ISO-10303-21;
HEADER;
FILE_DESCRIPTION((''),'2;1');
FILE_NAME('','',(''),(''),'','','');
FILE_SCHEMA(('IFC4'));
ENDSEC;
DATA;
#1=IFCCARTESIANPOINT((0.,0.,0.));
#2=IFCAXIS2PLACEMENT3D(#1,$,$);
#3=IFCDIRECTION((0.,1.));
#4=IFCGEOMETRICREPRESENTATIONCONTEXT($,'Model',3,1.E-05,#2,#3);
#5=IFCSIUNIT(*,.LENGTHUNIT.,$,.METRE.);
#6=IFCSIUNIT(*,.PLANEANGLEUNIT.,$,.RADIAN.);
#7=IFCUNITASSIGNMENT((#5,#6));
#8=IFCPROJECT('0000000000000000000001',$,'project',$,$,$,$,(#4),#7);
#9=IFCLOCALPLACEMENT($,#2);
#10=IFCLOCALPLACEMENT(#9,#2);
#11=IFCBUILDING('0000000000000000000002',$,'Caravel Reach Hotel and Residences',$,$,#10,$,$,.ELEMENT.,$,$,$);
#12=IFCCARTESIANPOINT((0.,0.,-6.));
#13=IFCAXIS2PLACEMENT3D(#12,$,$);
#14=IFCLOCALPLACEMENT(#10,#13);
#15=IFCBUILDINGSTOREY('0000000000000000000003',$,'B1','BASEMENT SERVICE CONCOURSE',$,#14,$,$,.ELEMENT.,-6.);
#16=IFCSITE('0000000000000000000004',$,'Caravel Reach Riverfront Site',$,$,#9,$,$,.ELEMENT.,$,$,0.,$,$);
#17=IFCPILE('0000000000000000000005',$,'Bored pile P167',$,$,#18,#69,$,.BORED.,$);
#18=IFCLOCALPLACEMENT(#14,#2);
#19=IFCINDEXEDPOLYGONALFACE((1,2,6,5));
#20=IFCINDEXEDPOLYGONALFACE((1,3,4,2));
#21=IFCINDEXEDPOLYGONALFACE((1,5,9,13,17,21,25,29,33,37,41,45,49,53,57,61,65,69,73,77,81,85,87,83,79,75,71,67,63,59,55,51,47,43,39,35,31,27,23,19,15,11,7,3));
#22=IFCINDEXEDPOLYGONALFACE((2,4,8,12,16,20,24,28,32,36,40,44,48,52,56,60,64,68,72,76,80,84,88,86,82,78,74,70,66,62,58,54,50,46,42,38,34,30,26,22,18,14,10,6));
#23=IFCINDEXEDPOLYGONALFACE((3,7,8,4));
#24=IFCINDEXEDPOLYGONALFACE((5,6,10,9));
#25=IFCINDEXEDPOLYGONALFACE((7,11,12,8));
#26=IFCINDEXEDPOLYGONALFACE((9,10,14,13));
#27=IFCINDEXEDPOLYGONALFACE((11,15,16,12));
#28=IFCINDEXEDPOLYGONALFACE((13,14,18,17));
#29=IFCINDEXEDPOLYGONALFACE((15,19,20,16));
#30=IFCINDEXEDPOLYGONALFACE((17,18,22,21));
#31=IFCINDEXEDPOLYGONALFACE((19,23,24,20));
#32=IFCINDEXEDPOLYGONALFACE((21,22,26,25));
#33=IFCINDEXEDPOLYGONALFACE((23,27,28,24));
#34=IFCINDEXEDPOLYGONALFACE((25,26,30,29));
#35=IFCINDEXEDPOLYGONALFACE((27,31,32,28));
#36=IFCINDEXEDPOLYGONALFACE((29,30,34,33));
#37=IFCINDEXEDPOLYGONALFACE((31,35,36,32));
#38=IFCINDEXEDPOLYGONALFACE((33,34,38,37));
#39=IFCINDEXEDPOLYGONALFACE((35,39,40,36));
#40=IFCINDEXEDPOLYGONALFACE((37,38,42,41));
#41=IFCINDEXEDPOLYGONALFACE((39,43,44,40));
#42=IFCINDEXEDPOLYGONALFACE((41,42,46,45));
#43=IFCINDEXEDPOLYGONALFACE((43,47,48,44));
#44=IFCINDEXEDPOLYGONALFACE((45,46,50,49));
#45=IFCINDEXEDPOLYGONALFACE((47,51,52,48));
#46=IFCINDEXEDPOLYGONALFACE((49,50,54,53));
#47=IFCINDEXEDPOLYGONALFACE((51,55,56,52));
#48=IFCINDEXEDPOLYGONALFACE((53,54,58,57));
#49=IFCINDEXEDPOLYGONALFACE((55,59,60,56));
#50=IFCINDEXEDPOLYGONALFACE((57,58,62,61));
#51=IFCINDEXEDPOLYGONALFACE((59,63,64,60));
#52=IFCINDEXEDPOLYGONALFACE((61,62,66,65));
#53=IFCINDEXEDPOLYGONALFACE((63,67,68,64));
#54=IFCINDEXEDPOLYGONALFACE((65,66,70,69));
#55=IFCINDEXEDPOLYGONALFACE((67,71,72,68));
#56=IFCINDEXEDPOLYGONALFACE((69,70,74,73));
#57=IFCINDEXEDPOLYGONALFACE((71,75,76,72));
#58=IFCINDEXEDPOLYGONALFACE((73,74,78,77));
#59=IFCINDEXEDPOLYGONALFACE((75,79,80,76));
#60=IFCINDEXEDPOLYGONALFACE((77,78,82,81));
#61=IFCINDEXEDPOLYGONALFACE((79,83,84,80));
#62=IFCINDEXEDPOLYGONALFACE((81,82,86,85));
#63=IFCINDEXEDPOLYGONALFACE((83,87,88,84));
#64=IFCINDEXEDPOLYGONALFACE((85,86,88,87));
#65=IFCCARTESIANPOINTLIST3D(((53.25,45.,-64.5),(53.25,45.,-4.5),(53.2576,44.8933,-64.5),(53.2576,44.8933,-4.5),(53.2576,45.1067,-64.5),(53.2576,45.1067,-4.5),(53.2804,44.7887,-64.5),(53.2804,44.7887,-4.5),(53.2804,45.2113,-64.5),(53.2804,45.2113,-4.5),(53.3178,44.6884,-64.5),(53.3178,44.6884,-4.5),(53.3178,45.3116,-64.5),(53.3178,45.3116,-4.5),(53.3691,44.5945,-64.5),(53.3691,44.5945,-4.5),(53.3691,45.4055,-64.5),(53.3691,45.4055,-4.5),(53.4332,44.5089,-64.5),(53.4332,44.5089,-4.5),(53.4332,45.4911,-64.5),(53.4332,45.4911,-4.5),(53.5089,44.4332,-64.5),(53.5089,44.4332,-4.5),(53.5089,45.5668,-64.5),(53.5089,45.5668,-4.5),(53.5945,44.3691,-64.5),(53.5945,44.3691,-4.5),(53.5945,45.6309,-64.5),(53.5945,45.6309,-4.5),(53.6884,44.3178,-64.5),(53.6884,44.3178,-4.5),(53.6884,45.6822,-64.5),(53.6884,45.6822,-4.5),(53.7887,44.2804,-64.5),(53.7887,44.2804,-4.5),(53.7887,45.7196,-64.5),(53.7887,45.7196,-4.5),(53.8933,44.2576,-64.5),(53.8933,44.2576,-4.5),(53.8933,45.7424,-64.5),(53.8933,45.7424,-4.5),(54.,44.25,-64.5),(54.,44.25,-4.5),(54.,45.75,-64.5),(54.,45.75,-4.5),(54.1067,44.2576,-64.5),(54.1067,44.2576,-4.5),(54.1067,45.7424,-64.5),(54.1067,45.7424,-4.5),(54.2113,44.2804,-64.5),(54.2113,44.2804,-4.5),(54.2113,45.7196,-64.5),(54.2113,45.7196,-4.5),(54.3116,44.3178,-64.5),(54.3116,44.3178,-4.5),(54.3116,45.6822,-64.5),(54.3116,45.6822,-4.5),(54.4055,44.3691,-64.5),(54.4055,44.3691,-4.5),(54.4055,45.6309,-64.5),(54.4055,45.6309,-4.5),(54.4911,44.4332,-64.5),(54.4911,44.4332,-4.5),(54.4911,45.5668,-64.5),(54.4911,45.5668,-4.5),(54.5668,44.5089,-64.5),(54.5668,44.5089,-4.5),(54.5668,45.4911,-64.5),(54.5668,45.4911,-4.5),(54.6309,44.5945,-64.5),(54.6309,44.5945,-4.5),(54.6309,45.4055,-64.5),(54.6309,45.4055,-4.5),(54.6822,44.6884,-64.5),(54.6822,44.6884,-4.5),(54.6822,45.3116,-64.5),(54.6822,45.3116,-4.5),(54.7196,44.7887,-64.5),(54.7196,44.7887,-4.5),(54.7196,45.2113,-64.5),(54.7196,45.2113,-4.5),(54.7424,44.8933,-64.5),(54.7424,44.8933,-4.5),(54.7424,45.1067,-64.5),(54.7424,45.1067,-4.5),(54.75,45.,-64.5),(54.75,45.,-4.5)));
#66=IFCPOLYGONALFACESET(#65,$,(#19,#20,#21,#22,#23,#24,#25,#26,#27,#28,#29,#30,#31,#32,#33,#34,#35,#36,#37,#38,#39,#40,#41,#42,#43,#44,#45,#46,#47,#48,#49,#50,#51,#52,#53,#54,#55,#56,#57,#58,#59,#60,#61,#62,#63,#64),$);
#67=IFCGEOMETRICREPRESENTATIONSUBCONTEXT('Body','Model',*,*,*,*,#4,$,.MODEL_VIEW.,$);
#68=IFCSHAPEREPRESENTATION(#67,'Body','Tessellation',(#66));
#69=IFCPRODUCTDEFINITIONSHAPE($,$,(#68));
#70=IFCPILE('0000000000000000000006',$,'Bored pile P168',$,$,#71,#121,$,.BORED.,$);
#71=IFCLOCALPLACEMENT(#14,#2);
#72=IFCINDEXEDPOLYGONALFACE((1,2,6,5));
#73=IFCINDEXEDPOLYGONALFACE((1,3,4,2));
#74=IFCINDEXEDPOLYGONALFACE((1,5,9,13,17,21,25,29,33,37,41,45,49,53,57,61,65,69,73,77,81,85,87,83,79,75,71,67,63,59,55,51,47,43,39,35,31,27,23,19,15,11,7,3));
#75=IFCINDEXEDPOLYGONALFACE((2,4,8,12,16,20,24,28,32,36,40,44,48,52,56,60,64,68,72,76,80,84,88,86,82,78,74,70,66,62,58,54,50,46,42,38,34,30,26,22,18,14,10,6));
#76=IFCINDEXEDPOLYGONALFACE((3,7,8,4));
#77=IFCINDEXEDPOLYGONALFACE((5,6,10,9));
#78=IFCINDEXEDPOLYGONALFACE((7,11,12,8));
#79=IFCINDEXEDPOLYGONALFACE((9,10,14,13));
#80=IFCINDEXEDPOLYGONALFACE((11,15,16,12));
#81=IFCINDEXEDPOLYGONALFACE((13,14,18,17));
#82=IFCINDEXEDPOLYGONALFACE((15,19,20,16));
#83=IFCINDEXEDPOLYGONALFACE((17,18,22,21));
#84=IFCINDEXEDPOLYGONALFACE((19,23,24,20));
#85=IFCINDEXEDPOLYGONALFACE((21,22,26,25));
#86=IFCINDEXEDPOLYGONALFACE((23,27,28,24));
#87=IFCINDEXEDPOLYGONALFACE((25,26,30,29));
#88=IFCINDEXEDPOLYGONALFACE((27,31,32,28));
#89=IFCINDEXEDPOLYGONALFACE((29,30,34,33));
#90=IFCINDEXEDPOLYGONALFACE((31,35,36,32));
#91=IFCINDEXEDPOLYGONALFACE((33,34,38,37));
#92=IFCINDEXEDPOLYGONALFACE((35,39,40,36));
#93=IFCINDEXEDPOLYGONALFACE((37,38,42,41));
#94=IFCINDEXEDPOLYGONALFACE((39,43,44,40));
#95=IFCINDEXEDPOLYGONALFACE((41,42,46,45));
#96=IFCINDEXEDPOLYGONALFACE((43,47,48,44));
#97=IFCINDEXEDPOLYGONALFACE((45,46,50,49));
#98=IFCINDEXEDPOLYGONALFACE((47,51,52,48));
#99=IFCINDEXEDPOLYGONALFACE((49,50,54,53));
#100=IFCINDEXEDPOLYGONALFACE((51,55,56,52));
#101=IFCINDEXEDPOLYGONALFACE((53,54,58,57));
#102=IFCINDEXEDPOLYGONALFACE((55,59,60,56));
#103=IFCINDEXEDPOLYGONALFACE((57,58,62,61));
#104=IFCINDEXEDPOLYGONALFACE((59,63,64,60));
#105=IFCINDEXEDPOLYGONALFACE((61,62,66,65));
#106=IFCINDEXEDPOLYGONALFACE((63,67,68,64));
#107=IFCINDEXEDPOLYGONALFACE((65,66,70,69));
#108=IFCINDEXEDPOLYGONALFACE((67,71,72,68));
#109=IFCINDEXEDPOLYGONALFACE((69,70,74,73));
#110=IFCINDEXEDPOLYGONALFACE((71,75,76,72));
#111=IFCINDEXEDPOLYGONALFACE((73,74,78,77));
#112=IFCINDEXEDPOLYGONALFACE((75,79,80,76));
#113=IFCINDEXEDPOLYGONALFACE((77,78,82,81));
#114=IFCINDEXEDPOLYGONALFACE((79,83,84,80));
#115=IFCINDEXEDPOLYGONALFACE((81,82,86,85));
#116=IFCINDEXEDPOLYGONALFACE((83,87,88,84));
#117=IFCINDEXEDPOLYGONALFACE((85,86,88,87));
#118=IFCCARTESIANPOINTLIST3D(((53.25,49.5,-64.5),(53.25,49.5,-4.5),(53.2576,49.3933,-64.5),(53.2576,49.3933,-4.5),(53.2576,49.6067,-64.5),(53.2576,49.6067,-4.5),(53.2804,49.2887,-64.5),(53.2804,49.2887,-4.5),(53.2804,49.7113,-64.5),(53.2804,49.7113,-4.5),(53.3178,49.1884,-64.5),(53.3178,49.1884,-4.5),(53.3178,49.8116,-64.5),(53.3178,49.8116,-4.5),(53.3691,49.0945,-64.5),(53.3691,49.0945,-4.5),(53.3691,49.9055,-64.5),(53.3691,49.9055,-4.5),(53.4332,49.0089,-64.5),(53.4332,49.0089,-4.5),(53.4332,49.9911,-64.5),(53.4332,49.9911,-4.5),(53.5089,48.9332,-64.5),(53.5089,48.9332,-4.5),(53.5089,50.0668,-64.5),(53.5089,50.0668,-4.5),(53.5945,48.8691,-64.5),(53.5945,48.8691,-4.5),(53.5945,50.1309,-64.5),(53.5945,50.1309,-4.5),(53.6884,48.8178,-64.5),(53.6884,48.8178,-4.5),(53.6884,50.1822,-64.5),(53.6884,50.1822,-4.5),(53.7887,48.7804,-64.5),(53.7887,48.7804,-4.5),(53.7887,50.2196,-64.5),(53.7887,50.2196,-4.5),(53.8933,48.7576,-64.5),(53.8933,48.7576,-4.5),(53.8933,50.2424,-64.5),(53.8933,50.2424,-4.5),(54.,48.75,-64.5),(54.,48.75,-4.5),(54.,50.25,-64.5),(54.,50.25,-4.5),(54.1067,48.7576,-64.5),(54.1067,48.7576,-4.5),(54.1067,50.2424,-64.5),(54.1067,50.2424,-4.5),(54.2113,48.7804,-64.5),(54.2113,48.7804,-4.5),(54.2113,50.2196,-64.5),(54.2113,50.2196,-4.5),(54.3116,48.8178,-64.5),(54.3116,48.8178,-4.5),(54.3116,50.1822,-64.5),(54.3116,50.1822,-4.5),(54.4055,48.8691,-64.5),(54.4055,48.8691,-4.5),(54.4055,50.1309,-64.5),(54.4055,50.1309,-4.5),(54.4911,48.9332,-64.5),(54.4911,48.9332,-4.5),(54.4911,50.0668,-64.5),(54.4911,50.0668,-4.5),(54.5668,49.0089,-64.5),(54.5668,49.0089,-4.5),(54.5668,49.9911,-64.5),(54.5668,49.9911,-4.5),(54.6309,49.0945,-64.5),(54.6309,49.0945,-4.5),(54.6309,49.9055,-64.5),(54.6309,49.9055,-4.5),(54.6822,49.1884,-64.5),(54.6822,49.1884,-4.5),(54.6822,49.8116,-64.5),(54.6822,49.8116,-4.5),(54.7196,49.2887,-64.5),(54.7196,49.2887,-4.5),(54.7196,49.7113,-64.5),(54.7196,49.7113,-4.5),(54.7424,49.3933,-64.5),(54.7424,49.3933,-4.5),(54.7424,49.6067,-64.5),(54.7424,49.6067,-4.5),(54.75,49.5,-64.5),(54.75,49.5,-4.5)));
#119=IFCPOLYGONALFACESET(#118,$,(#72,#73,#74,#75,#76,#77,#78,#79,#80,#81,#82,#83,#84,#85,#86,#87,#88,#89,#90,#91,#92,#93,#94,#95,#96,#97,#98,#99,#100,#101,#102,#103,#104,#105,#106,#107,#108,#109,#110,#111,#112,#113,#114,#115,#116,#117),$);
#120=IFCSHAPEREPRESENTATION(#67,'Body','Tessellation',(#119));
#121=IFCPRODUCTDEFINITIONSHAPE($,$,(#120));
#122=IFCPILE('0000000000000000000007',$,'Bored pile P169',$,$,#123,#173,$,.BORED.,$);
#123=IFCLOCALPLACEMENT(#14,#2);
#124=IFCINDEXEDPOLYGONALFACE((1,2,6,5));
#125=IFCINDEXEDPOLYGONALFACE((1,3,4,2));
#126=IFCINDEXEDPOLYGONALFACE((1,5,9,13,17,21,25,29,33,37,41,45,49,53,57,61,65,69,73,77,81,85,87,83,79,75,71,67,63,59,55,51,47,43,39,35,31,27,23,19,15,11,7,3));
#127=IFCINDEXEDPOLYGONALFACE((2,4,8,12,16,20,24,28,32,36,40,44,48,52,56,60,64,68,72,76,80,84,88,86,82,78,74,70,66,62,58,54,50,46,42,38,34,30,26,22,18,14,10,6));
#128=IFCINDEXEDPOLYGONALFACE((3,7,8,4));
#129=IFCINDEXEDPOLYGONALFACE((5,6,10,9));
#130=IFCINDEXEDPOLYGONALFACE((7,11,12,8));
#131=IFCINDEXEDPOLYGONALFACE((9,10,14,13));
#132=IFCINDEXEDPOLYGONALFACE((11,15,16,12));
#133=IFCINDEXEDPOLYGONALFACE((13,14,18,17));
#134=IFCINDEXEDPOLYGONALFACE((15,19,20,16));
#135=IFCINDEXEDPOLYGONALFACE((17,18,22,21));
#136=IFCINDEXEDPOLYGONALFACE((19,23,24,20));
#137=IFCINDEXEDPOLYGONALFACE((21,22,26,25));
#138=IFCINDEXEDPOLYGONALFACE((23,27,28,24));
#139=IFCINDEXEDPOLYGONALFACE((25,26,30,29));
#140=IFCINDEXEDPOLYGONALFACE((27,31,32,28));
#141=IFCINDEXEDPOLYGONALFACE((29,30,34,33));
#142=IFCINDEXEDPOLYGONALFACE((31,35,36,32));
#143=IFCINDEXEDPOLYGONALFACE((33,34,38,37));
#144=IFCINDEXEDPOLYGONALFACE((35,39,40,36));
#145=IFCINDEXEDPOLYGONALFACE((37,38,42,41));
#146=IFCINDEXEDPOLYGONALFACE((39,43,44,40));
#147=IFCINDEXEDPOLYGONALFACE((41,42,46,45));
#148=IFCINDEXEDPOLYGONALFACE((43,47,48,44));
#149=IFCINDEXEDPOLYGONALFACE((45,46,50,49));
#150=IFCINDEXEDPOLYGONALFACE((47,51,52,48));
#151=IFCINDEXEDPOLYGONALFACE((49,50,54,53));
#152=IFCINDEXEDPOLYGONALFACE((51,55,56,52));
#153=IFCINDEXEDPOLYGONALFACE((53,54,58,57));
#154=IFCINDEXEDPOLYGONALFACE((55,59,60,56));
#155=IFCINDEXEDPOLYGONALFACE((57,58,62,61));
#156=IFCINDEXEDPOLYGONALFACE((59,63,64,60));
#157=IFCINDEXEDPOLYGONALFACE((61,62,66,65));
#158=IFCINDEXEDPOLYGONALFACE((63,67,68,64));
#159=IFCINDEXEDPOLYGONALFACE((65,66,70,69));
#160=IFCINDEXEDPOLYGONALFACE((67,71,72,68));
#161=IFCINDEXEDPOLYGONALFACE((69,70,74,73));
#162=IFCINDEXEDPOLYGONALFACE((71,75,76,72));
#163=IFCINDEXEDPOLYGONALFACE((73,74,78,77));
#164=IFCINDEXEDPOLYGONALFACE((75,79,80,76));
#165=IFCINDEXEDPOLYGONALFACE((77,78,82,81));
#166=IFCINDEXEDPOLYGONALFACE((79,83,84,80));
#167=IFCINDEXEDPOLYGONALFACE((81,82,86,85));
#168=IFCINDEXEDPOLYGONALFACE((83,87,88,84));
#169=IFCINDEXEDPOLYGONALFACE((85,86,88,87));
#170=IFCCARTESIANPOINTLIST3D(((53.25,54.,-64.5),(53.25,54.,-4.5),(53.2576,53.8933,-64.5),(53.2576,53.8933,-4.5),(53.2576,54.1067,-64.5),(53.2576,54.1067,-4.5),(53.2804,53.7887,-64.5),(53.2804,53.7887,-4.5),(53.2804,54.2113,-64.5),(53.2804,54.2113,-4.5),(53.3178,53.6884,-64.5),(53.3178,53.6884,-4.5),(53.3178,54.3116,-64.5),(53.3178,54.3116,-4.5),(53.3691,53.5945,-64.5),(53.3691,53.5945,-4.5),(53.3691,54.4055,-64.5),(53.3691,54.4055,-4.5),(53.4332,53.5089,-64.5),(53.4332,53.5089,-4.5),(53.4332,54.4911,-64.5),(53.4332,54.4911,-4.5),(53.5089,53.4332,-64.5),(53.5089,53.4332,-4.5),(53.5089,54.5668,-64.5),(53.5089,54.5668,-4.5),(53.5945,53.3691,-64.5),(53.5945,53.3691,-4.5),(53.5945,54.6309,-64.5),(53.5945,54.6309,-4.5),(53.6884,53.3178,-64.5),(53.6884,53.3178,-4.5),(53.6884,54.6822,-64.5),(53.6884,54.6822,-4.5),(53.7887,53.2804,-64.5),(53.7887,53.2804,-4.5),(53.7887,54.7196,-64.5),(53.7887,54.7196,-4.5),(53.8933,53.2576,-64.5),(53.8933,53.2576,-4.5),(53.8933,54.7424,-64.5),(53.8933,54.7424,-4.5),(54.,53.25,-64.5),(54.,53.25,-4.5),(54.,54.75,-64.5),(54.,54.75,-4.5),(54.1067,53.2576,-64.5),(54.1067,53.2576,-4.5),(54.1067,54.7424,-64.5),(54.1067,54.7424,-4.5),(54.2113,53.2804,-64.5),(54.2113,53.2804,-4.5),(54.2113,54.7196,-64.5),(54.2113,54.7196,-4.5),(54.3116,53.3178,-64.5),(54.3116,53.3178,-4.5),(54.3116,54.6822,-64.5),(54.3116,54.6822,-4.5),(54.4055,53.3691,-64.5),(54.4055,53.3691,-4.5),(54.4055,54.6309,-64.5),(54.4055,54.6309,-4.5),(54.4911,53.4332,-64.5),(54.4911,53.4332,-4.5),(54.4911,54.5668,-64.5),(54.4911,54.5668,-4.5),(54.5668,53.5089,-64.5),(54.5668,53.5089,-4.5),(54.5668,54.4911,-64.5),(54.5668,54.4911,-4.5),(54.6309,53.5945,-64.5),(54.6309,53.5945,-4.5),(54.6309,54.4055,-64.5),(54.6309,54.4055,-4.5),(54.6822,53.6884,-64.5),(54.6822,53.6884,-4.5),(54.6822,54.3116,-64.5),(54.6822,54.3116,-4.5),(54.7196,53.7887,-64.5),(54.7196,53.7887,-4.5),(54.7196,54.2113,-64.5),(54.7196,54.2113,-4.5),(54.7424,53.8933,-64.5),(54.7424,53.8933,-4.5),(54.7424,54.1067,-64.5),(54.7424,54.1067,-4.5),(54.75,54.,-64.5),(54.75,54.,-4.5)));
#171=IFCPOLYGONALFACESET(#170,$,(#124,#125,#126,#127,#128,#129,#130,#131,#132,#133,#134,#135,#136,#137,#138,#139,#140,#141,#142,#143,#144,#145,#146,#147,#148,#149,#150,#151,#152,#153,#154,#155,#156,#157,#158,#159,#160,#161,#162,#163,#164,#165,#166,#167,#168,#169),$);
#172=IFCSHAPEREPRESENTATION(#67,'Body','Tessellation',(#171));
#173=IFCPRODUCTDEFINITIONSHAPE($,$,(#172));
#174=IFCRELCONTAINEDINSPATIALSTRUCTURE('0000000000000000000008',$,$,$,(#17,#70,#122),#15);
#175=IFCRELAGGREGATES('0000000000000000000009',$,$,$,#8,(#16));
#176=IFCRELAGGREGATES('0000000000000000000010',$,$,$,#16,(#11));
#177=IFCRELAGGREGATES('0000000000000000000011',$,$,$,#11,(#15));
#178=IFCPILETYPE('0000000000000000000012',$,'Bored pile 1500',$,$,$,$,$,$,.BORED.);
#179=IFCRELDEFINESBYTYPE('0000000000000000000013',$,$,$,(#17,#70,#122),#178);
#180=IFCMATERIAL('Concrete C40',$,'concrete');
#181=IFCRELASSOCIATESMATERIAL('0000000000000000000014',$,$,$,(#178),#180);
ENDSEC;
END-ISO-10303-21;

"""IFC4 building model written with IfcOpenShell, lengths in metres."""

from ifc_helpers import new_model, si_unit, direction, frame, origin, origin_2d, place, context, subcontext, project, spatial, circle, extrude, material, material_profile, profile_set, type_object, element, save


model = new_model("IFC4")

# Units and contexts
model_context = context("Model", 3, precision=1e-05, world=origin(), true_north=direction((0.0, 1.0)))
body_context = subcontext(model_context, "Body", "Model", "MODEL_VIEW")
ifc_project = project(units=[si_unit("LENGTHUNIT", "METRE"), si_unit("PLANEANGLEUNIT", "RADIAN")], contexts=[model_context])

# Site, building, storey
site_placement = place(None, origin())
site = spatial("IfcSite", under=ifc_project, at=site_placement, Name="Caravel Reach Riverfront Site", CompositionType="ELEMENT", RefElevation=0.0)
building_placement = place(site_placement, origin())
building = spatial("IfcBuilding", under=site, at=building_placement, Name="Caravel Reach Hotel and Residences", CompositionType="ELEMENT")
storey_placement = place(building_placement, frame((0.0, 0.0, -6.0)))
storey = spatial("IfcBuildingStorey", under=building, at=storey_placement, Name="B1", Description="BASEMENT SERVICE CONCOURSE", CompositionType="ELEMENT", Elevation=-6.0)

# Piles
ifc_material_1 = material(Name="Concrete C40", Category="concrete")
ifc_material_profile_1 = material_profile(ifc_material_1, circle(Radius=0.75, at=origin_2d()), Name="PILE 1500")
ifc_profile_set_1 = profile_set([ifc_material_profile_1], Name="Concrete C40")
pile_type = type_object("IfcPileType", Name="Bored pile 1500", PredefinedType="BORED", material=ifc_profile_set_1)
for number, where, z_axis, x_axis, name in (
    (1, (54.0, 45.0, -4.5), (0.0, 0.0, -1.0), (1.0, 0.0, 0.0), "Bored pile P167"),
    (2, (54.0, 49.5, -4.5), (0.0, 0.0, -1.0), (1.0, 0.0, 0.0), "Bored pile P168"),
    (3, (54.0, 54.0, -4.5), (0.0, 0.0, -1.0), (1.0, 0.0, 0.0), "Bored pile P169"),
):
    element("IfcPile", number, at=place(storey_placement, frame(where, z_axis=z_axis, x_axis=x_axis)), inside=storey, type_object=pile_type, Name=name, PredefinedType="BORED", context=body_context, shape_type="SweptSolid", body=[
        extrude(circle(Radius=0.75, at=origin_2d()), origin(), (0.0, 0.0, 1.0), 60.0),
    ])

save(model, "model.ifc")
